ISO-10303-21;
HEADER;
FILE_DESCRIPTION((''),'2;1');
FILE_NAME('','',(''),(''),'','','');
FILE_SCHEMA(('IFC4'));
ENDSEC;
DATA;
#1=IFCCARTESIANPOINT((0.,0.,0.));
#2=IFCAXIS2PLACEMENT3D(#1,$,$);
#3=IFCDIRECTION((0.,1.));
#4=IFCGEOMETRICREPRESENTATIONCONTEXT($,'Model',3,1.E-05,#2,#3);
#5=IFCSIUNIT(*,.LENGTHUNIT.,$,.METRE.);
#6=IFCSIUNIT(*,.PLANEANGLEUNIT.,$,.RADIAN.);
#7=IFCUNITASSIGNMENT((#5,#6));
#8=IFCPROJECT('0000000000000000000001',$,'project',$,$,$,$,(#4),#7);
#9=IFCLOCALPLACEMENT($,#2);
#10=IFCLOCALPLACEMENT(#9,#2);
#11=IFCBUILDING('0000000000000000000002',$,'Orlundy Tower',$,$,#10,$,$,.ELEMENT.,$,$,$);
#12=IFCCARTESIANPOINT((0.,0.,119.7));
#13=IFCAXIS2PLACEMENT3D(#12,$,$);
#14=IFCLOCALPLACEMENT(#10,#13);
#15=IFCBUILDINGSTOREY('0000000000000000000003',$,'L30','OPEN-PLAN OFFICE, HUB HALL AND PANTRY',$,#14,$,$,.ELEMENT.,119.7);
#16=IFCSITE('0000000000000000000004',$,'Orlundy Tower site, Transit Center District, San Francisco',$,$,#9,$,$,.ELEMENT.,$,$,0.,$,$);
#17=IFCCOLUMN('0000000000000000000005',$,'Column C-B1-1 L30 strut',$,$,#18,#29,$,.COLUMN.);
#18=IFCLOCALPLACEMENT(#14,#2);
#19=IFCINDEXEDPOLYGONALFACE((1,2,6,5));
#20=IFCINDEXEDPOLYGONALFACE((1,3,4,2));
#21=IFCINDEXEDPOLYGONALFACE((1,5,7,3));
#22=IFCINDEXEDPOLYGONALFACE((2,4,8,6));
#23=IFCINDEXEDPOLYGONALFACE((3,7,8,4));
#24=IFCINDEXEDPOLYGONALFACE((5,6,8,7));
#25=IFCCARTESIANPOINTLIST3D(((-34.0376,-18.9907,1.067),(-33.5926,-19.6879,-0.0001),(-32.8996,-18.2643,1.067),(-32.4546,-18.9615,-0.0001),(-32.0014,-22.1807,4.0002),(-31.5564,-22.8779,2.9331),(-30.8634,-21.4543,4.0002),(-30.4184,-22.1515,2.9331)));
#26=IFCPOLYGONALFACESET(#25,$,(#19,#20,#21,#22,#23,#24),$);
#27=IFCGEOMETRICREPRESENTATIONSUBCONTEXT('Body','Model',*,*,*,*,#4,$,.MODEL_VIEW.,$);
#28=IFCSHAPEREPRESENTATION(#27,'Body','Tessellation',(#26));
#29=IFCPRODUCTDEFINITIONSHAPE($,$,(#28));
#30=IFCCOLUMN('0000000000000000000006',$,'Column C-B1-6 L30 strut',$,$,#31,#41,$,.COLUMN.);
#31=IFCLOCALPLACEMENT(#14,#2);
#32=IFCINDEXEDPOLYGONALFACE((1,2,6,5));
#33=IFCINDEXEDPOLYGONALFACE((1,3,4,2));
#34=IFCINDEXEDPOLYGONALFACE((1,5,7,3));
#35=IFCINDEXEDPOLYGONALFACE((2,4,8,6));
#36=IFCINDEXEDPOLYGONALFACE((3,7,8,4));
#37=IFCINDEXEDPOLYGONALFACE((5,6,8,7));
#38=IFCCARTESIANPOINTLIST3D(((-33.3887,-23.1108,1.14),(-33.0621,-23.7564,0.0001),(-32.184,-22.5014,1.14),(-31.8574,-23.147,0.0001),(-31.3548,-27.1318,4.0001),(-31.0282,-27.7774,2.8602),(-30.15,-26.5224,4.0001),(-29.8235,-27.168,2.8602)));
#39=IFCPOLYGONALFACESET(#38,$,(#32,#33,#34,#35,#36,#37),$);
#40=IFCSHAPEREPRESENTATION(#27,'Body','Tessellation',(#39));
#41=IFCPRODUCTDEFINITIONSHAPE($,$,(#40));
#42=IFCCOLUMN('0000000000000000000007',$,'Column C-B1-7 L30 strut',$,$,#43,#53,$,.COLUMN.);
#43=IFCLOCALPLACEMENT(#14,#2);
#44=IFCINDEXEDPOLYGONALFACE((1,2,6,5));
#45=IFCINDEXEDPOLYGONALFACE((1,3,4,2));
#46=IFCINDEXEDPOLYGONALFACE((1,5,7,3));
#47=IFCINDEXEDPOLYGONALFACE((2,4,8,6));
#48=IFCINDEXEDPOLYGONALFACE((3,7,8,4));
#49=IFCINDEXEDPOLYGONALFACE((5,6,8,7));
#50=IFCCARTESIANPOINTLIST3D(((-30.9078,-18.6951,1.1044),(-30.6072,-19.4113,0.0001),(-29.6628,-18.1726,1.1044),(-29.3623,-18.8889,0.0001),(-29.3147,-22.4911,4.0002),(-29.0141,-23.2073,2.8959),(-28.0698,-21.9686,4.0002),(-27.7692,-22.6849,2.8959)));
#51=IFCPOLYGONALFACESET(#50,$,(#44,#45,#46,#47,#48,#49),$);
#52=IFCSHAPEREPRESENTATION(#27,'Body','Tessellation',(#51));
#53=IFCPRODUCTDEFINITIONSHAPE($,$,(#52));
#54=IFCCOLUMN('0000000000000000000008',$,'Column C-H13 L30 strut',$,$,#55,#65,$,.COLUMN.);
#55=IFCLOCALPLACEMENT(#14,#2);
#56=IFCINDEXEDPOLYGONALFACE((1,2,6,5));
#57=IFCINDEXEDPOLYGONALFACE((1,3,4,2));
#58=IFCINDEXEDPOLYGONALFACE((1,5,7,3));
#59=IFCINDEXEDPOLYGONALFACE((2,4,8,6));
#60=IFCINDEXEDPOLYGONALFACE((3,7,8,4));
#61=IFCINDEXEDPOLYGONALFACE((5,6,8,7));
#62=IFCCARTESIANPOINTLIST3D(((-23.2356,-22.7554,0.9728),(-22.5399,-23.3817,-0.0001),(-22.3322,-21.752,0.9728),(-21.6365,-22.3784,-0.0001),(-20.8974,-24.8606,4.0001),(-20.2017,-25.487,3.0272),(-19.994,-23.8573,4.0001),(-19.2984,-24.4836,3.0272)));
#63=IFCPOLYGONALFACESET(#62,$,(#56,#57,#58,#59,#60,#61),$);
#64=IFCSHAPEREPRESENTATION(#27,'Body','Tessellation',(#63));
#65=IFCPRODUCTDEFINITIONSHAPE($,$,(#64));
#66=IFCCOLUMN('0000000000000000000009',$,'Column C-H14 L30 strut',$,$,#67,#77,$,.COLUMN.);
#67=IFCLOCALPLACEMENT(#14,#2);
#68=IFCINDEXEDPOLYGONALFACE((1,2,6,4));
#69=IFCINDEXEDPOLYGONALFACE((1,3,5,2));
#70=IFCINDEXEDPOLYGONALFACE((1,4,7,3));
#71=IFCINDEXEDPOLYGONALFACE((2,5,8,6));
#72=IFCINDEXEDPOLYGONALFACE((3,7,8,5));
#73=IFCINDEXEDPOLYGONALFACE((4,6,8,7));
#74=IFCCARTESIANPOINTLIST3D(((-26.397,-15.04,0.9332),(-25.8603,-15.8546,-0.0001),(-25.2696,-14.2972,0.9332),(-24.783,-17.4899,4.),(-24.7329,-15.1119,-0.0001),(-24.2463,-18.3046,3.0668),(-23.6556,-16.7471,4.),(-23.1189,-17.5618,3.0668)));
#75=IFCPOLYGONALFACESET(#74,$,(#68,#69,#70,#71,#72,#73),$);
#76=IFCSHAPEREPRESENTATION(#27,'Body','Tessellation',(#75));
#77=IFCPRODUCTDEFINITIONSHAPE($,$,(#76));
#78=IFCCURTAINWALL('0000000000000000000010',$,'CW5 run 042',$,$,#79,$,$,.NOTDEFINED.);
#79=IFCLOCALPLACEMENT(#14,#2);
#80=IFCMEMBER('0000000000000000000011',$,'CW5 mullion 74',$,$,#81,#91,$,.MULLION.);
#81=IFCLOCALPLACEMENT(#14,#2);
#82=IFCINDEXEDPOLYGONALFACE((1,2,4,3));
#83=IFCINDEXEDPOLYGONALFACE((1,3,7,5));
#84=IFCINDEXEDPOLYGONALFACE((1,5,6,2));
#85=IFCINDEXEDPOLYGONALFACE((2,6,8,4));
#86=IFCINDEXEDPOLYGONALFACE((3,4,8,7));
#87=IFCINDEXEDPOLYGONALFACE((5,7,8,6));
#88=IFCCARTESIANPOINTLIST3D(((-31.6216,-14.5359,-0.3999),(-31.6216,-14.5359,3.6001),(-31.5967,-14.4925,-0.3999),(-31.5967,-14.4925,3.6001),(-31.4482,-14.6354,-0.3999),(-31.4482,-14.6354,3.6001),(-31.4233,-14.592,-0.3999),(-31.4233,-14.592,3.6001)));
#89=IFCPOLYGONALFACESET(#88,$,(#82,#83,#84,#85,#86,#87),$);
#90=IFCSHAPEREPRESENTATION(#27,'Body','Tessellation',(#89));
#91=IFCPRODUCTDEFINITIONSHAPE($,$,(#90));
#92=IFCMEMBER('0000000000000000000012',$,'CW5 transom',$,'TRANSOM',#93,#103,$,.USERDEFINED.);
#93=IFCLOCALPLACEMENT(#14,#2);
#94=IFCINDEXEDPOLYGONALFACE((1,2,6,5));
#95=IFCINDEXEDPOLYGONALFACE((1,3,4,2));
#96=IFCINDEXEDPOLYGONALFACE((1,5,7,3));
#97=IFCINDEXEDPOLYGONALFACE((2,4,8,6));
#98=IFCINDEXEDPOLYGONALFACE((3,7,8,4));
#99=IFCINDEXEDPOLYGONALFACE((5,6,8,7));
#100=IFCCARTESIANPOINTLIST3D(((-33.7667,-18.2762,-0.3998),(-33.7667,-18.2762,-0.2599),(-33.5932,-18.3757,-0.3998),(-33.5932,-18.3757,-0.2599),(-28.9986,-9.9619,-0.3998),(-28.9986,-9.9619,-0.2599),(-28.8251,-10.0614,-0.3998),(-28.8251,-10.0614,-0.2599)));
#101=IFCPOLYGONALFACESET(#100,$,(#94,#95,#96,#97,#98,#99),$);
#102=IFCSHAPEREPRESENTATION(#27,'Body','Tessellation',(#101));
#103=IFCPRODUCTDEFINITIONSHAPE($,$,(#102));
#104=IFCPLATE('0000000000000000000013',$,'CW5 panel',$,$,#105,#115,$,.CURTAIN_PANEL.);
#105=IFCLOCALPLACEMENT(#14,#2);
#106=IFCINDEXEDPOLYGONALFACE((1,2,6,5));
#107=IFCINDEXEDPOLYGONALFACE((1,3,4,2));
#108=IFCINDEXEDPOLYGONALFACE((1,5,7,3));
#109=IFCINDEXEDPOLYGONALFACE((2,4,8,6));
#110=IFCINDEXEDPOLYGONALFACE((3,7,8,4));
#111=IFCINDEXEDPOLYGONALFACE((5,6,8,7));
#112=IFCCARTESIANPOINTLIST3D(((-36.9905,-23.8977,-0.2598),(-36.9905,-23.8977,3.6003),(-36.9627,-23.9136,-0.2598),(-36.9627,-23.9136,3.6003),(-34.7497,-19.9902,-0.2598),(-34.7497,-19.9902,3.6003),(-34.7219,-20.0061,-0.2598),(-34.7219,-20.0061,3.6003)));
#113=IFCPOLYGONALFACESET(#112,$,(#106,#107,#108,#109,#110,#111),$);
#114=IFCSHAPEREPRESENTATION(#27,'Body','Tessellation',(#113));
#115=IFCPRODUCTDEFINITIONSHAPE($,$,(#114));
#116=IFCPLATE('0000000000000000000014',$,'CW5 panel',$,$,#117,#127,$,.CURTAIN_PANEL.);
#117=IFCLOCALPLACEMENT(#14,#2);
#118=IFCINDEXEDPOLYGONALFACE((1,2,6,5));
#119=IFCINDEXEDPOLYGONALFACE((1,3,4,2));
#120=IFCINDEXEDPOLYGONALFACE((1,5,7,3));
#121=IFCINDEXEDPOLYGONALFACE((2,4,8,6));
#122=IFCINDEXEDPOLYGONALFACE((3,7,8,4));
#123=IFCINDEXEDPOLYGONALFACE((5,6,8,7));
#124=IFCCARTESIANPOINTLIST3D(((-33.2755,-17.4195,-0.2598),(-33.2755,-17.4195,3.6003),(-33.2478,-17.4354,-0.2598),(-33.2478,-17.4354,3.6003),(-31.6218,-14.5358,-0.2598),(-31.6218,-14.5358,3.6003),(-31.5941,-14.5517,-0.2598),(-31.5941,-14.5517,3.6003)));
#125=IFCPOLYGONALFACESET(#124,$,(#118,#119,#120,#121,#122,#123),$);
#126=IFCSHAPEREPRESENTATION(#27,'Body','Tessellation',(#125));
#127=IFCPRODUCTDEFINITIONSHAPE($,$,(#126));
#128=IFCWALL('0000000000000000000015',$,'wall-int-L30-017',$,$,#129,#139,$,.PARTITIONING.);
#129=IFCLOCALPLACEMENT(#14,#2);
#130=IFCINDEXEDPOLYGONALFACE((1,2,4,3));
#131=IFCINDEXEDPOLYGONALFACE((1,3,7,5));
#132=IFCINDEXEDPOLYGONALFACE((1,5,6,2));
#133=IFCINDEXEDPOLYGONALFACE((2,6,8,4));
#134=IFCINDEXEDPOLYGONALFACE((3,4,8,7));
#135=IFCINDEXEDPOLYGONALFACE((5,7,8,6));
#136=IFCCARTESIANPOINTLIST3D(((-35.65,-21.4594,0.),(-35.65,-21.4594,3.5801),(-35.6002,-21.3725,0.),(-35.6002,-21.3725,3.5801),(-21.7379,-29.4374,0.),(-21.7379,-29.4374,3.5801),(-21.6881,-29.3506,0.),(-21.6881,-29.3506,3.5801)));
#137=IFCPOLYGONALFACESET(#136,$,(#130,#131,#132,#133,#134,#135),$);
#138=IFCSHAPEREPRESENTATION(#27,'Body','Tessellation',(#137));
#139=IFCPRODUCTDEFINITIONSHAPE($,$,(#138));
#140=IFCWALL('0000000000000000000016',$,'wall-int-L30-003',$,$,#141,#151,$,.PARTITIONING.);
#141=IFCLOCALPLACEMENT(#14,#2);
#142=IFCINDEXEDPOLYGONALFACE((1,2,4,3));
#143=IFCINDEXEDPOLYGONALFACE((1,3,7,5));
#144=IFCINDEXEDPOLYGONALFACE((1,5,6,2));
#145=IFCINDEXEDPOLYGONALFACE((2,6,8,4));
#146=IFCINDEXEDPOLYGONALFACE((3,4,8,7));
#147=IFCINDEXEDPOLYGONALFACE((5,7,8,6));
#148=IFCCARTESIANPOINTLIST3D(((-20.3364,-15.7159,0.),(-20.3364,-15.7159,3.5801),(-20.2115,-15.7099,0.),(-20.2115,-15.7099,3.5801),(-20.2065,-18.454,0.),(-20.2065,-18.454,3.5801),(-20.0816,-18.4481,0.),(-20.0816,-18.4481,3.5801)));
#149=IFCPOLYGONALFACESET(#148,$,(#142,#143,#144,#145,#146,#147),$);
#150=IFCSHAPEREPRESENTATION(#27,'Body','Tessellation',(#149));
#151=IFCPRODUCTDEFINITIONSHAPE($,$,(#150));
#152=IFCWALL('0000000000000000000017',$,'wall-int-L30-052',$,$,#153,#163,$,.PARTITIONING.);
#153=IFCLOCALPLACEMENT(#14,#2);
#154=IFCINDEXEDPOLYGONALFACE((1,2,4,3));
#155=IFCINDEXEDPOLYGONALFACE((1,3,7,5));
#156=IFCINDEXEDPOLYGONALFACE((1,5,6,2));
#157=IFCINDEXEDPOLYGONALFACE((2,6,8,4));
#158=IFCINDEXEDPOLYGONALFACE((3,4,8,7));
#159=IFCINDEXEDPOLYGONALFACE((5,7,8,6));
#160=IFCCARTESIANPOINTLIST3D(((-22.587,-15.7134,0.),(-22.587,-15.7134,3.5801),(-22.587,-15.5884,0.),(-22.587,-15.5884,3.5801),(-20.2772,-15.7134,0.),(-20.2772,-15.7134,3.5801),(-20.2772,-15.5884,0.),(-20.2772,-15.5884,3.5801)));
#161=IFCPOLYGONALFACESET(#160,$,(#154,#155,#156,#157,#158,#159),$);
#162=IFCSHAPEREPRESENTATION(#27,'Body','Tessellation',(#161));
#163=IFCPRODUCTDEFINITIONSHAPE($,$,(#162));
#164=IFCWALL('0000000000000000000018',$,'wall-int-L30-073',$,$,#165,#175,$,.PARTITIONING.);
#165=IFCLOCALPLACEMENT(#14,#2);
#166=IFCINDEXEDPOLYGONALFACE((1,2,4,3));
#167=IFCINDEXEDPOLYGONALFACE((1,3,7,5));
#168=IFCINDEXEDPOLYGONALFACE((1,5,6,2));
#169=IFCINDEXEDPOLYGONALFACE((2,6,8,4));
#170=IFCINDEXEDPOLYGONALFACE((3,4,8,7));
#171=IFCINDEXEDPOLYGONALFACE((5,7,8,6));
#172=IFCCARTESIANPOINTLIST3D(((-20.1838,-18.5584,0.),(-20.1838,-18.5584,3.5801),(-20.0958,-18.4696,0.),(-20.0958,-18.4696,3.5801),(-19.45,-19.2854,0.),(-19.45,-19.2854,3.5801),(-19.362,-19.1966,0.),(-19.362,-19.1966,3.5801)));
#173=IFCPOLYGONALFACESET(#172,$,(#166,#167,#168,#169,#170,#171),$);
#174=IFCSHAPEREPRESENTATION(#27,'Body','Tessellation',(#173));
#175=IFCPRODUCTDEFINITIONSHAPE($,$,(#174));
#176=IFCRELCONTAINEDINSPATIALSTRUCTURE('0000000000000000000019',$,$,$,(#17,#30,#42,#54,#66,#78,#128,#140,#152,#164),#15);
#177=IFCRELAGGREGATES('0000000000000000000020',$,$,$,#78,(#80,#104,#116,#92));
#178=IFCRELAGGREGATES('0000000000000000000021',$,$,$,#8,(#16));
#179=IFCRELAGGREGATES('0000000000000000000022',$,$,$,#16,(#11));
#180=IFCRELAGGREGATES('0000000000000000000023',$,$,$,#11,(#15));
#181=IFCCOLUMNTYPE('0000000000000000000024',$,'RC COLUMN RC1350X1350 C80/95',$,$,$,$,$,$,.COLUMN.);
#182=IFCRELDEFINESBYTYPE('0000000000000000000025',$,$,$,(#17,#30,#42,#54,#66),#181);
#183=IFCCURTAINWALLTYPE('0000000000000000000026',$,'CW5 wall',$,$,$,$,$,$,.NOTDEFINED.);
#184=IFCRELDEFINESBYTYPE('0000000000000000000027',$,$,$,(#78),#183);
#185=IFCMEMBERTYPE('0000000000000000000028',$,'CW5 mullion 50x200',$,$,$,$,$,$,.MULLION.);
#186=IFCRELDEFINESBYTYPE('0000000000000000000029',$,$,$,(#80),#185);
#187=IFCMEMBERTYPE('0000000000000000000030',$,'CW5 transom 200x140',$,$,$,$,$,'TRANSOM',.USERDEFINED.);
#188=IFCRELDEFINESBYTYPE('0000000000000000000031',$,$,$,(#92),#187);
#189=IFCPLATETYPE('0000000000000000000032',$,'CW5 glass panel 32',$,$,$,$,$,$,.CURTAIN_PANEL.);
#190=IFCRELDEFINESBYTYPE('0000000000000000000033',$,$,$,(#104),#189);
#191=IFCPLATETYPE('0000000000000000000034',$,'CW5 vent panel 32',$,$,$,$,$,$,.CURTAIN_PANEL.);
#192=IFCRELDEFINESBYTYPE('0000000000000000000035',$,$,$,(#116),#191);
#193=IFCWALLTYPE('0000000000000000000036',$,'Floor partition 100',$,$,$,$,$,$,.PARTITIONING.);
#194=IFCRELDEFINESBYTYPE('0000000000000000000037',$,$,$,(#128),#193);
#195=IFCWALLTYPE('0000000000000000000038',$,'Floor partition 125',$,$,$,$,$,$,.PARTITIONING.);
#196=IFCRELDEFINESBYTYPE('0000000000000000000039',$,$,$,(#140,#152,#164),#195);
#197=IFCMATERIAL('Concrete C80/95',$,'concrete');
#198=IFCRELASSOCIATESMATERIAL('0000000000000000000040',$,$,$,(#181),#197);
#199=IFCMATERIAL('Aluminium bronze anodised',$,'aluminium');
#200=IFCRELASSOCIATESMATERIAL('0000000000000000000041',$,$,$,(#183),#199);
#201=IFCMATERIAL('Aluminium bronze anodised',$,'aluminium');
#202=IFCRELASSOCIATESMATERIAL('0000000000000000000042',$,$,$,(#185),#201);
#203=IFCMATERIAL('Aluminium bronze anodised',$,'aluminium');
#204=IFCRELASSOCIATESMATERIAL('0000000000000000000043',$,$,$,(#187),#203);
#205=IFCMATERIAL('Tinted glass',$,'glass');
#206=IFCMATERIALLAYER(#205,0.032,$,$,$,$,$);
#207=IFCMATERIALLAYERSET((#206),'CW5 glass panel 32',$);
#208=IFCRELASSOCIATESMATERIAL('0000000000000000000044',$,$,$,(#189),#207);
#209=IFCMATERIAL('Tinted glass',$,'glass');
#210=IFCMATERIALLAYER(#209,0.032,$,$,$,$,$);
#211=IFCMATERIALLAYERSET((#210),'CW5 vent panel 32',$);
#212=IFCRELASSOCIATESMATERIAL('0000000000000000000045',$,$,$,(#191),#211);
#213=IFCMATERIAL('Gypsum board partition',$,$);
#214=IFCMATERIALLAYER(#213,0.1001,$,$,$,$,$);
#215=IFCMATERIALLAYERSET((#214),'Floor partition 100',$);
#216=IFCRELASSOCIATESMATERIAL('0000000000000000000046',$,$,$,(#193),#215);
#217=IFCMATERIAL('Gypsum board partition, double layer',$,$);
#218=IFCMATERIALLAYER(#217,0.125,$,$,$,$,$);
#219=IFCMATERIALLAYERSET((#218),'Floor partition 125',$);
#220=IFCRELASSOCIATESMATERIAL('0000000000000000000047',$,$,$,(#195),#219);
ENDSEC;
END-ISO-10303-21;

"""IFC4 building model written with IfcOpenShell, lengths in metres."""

from ifc_helpers import new_model, si_unit, direction, frame, frame_2d, origin, origin_2d, place, context, subcontext, project, spatial, rectangle, extrude, material, layer, layer_set, material_profile, profile_set, type_object, element, aggregate, save


model = new_model("IFC4")

# Units and contexts
model_context = context("Model", 3, precision=1e-05, world=origin(), true_north=direction((0.0, 1.0)))
body_context = subcontext(model_context, "Body", "Model", "MODEL_VIEW")
ifc_project = project(units=[si_unit("LENGTHUNIT", "METRE"), si_unit("PLANEANGLEUNIT", "RADIAN")], contexts=[model_context])

# Site, building, storey
site_placement = place(None, origin())
site = spatial("IfcSite", under=ifc_project, at=site_placement, Name="Orlundy Tower site, Transit Center District, San Francisco", CompositionType="ELEMENT", RefElevation=0.0)
building_placement = place(site_placement, origin())
building = spatial("IfcBuilding", under=site, at=building_placement, Name="Orlundy Tower", CompositionType="ELEMENT")
storey_placement = place(building_placement, frame((0.0, 0.0, 119.7)))
storey = spatial("IfcBuildingStorey", under=building, at=storey_placement, Name="L30", Description="OPEN-PLAN OFFICE, HUB HALL AND PANTRY", CompositionType="ELEMENT", Elevation=119.7)

# Columns
ifc_material_1 = material(Name="Concrete C80/95", Category="concrete")
ifc_material_profile_1 = material_profile(ifc_material_1, rectangle(XDim=1.3501, YDim=1.3501, at=origin_2d()), Name="RC1350X1350")
ifc_profile_set_1 = profile_set([ifc_material_profile_1], Name="Concrete C80/95")
column_type = type_object("IfcColumnType", Name="RC COLUMN RC1350X1350 C80/95", PredefinedType="COLUMN", material=ifc_profile_set_1)
column_1_placement = place(storey_placement, frame((-33.2461, -18.9761, 0.5334), z_axis=(0.42526, -0.666241, 0.612599), x_axis=(0.842922, 0.538035, 0.0)))
element("IfcColumn", 1, at=column_1_placement, inside=storey, type_object=column_type, Name="Column C-B1-1 L30 strut", PredefinedType="COLUMN", context=body_context, shape_type="SweptSolid", body=[
    extrude(rectangle(XDim=1.3501, YDim=1.3501, at=origin_2d()), origin(), (0.0, 0.0, 1.0), 4.7881),
])
column_2_placement = place(storey_placement, frame((-32.623, -23.1289, 0.5701), z_axis=(0.381088, -0.753393, 0.535883), x_axis=(0.892337, 0.45137, 0.0)))
element("IfcColumn", 2, at=column_2_placement, inside=storey, type_object=column_type, Name="Column C-B1-6 L30 strut", PredefinedType="COLUMN", context=body_context, shape_type="SweptSolid", body=[
    extrude(rectangle(XDim=1.3501, YDim=1.3501, at=origin_2d()), origin(), (0.0, 0.0, 1.0), 5.3372),
])
column_3_placement = place(storey_placement, frame((-30.135, -18.792, 0.5522), z_axis=(0.316509, -0.754189, 0.575344), x_axis=(0.922091, 0.386972, 0.0)))
element("IfcColumn", 3, at=column_3_placement, inside=storey, type_object=column_type, Name="Column C-B1-7 L30 strut", PredefinedType="COLUMN", context=body_context, shape_type="SweptSolid", body=[
    extrude(rectangle(XDim=1.3501, YDim=1.3501, at=origin_2d()), origin(), (0.0, 0.0, 1.0), 5.0332),
])
column_4_placement = place(storey_placement, frame((-22.436, -22.5669, 0.4863), z_axis=(0.535509, -0.482165, 0.69336), x_axis=(0.669123, 0.743151, 0.0)))
element("IfcColumn", 4, at=column_4_placement, inside=storey, type_object=column_type, Name="Column C-H13 L30 strut", PredefinedType="COLUMN", context=body_context, shape_type="SweptSolid", body=[
    extrude(rectangle(XDim=1.3501, YDim=1.3501, at=origin_2d()), origin(), (0.0, 0.0, 1.0), 4.3662),
])
column_5_placement = place(storey_placement, frame((-25.5649, -15.0759, 0.4666), z_axis=(0.380288, -0.577248, 0.72261), x_axis=(0.835072, 0.550141, 0.0)))
element("IfcColumn", 5, at=column_5_placement, inside=storey, type_object=column_type, Name="Column C-H14 L30 strut", PredefinedType="COLUMN", context=body_context, shape_type="SweptSolid", body=[
    extrude(rectangle(XDim=1.3501, YDim=1.3501, at=origin_2d()), origin(), (0.0, 0.0, 1.0), 4.2441),
])

# Curtain wall, members, plates
ifc_material_2 = material(Name="Aluminium bronze anodised", Category="aluminium")
curtain_wall_type = type_object("IfcCurtainWallType", Name="CW5 wall", PredefinedType="NOTDEFINED", material=ifc_material_2)
curtain_wall_placement = place(storey_placement, origin())
curtain_wall = element("IfcCurtainWall", 6, at=curtain_wall_placement, inside=storey, type_object=curtain_wall_type, Name="CW5 run 042", PredefinedType="NOTDEFINED")
ifc_material_3 = material(Name="Aluminium bronze anodised", Category="aluminium")
ifc_material_profile_2 = material_profile(ifc_material_3, rectangle(XDim=0.2, YDim=0.05, at=origin_2d()), Name="CW5 mullion 50x200")
ifc_profile_set_2 = profile_set([ifc_material_profile_2], Name="Aluminium bronze anodised")
member_type_1 = type_object("IfcMemberType", Name="CW5 mullion 50x200", PredefinedType="MULLION", material=ifc_profile_set_2)
member_1_placement = place(storey_placement, frame((-31.5225, -14.564, -0.3999), z_axis=(0.0, 0.0, 1.0), x_axis=(-0.867479, 0.497473, 0.0)))
member_1 = element("IfcMember", 7, at=member_1_placement, type_object=member_type_1, Name="CW5 mullion 74", PredefinedType="MULLION", context=body_context, shape_type="SweptSolid", body=[
    extrude(rectangle(XDim=0.2, YDim=0.05, at=origin_2d()), origin(), (0.0, 0.0, 1.0), 4.0),
])
ifc_material_4 = material(Name="Aluminium bronze anodised", Category="aluminium")
ifc_material_profile_3 = material_profile(ifc_material_4, rectangle(XDim=0.2, YDim=0.1399, at=origin_2d()), Name="CW5 transom 200x140")
ifc_profile_set_3 = profile_set([ifc_material_profile_3], Name="Aluminium bronze anodised")
member_type_2 = type_object("IfcMemberType", Name="CW5 transom 200x140", ElementType="TRANSOM", PredefinedType="USERDEFINED", material=ifc_profile_set_3)
member_2_placement = place(storey_placement, frame((-33.6799, -18.3259, -0.3298), z_axis=(0.497483, 0.867474, 0.0), x_axis=(-0.867474, 0.497483, 0.0)))
member_2 = element("IfcMember", 8, at=member_2_placement, type_object=member_type_2, Name="CW5 transom", ObjectType="TRANSOM", PredefinedType="USERDEFINED", context=body_context, shape_type="SweptSolid", body=[
    extrude(rectangle(XDim=0.2, YDim=0.1399, at=origin_2d()), origin(), (0.0, 0.0, 1.0), 9.5845),
])
ifc_material_5 = material(Name="Tinted glass", Category="glass")
ifc_layer_1 = layer(ifc_material_5, 0.032)
ifc_layer_set_1 = layer_set([ifc_layer_1], Name="CW5 glass panel 32")
plate_type_1 = type_object("IfcPlateType", Name="CW5 glass panel 32", PredefinedType="CURTAIN_PANEL", material=ifc_layer_set_1)
plate_1_placement = place(storey_placement, frame((-35.8562, -21.9519, -0.2598), z_axis=(0.0, 0.0, 1.0), x_axis=(0.497473, 0.867479, 0.0)))
plate_1 = element("IfcPlate", 9, at=plate_1_placement, type_object=plate_type_1, Name="CW5 panel", PredefinedType="CURTAIN_PANEL", context=body_context, shape_type="SweptSolid", body=[
    extrude(rectangle(XDim=4.5044, YDim=0.032, at=origin_2d()), origin(), (0.0, 0.0, 1.0), 3.8601),
])
ifc_material_6 = material(Name="Tinted glass", Category="glass")
ifc_layer_2 = layer(ifc_material_6, 0.032)
ifc_layer_set_2 = layer_set([ifc_layer_2], Name="CW5 vent panel 32")
plate_type_2 = type_object("IfcPlateType", Name="CW5 vent panel 32", PredefinedType="CURTAIN_PANEL", material=ifc_layer_set_2)
plate_2_placement = place(storey_placement, frame((-32.4348, -15.9856, -0.2598), z_axis=(0.0, 0.0, 1.0), x_axis=(0.497473, 0.867479, 0.0)))
plate_2 = element("IfcPlate", 10, at=plate_2_placement, type_object=plate_type_2, Name="CW5 panel", PredefinedType="CURTAIN_PANEL", context=body_context, shape_type="SweptSolid", body=[
    extrude(rectangle(XDim=3.3242, YDim=0.032, at=origin_2d()), origin(), (0.0, 0.0, 1.0), 3.8601),
])
aggregate(curtain_wall, [member_1, plate_1, plate_2, member_2])

# Walls
ifc_material_7 = material(Name="Gypsum board partition")
ifc_layer_3 = layer(ifc_material_7, 0.1001)
ifc_layer_set_3 = layer_set([ifc_layer_3], Name="Floor partition 100")
wall_type_1 = type_object("IfcWallType", Name="Floor partition 100", PredefinedType="PARTITIONING", material=ifc_layer_set_3)
wall_1_placement = place(storey_placement, frame((-35.625, -21.416, 0.0), z_axis=(0.0, 0.0, 1.0), x_axis=(0.867483, -0.497466, 0.0)))
element("IfcWall", 11, at=wall_1_placement, inside=storey, type_object=wall_type_1, Name="wall-int-L30-017", PredefinedType="PARTITIONING", context=body_context, shape_type="SweptSolid", body=[
    extrude(rectangle(XDim=16.0374, YDim=0.1001, at=frame_2d((8.0186, 0.0))), origin(), (0.0, 0.0, 1.0), 3.5801),
])
ifc_material_8 = material(Name="Gypsum board partition, double layer")
ifc_layer_4 = layer(ifc_material_8, 0.125)
ifc_layer_set_4 = layer_set([ifc_layer_4], Name="Floor partition 125")
wall_type_2 = type_object("IfcWallType", Name="Floor partition 125", PredefinedType="PARTITIONING", material=ifc_layer_set_4)
wall_2_placement = place(storey_placement, frame((-20.2739, -15.7129, 0.0), z_axis=(0.0, 0.0, 1.0), x_axis=(0.047383, -0.998877, 0.0)))
element("IfcWall", 12, at=wall_2_placement, inside=storey, type_object=wall_type_2, Name="wall-int-L30-003", PredefinedType="PARTITIONING", context=body_context, shape_type="SweptSolid", body=[
    extrude(rectangle(XDim=2.7412, YDim=0.125, at=frame_2d((1.3706, 0.0))), origin(), (0.0, 0.0, 1.0), 3.5801),
])
wall_3_placement = place(storey_placement, frame((-22.5869, -15.6509, 0.0), z_axis=(0.0, 0.0, 1.0), x_axis=(1.0, 0.0, 0.0)))
element("IfcWall", 13, at=wall_3_placement, inside=storey, type_object=wall_type_2, Name="wall-int-L30-052", PredefinedType="PARTITIONING", context=body_context, shape_type="SweptSolid", body=[
    extrude(rectangle(XDim=2.3098, YDim=0.125, at=frame_2d((1.1548, 0.0))), origin(), (0.0, 0.0, 1.0), 3.5801),
])
wall_4_placement = place(storey_placement, frame((-20.1399, -18.5139, 0.0), z_axis=(0.0, 0.0, 1.0), x_axis=(0.710408, -0.70379, 0.0)))
element("IfcWall", 14, at=wall_4_placement, inside=storey, type_object=wall_type_2, Name="wall-int-L30-073", PredefinedType="PARTITIONING", context=body_context, shape_type="SweptSolid", body=[
    extrude(rectangle(XDim=1.033, YDim=0.125, at=frame_2d((0.5166, 0.0))), origin(), (0.0, 0.0, 1.0), 3.5801),
])

save(model, "model.ifc")
